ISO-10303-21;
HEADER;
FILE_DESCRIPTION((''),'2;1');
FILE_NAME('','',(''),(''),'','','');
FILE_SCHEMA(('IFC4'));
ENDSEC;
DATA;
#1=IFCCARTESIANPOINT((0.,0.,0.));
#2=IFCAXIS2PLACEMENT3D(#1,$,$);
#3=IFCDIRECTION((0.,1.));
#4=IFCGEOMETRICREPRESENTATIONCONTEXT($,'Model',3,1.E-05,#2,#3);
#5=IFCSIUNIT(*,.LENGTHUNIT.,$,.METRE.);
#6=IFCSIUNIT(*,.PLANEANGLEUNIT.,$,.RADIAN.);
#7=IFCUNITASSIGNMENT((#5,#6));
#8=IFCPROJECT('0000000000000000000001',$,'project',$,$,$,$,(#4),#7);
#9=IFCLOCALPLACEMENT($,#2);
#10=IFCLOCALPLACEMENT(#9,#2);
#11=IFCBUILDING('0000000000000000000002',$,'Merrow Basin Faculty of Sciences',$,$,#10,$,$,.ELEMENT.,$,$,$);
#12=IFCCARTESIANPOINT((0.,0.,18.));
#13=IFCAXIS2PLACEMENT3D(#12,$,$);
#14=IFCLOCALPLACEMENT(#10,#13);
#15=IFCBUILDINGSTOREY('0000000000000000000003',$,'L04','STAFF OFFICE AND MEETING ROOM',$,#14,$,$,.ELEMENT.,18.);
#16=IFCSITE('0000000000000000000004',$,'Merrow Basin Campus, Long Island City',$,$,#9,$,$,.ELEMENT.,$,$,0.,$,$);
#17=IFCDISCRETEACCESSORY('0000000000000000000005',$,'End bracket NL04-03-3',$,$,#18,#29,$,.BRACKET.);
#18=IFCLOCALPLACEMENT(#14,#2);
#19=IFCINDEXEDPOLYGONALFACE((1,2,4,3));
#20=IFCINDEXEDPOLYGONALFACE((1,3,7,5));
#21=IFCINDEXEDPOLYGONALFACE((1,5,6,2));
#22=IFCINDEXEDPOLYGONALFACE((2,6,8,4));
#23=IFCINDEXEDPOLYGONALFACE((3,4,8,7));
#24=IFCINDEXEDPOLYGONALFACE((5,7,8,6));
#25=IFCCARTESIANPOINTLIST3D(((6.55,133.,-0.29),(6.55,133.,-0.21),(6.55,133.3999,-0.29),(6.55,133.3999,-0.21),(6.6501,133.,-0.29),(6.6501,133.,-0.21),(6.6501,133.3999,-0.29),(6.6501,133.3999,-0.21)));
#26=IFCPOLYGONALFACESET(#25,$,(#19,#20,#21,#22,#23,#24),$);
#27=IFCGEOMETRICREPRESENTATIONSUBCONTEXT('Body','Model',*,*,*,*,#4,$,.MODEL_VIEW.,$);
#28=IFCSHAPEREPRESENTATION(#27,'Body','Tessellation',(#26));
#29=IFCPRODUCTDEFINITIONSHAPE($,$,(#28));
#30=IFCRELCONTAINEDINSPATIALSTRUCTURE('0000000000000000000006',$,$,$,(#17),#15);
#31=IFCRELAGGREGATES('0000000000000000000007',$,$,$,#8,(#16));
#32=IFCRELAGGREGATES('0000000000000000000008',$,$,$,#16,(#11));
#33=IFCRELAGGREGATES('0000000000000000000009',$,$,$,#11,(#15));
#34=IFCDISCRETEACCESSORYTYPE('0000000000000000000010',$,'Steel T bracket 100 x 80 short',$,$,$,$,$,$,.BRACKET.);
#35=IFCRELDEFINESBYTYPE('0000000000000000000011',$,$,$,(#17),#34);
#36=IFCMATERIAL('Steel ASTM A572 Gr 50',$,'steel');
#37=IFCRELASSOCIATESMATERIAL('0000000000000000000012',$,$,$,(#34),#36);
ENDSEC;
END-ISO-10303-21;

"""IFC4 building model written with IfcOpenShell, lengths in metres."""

from ifc_helpers import new_model, si_unit, direction, frame, origin, place, context, subcontext, project, spatial, polyline, outline, extrude, source, transform, mapped, material, type_object, element, save


model = new_model("IFC4")

# Units and contexts
model_context = context("Model", 3, precision=1e-05, world=origin(), true_north=direction((0.0, 1.0)))
body_context = subcontext(model_context, "Body", "Model", "MODEL_VIEW")
ifc_project = project(units=[si_unit("LENGTHUNIT", "METRE"), si_unit("PLANEANGLEUNIT", "RADIAN")], contexts=[model_context])

# Site, building, storey
site_placement = place(None, origin())
site = spatial("IfcSite", under=ifc_project, at=site_placement, Name="Merrow Basin Campus, Long Island City", CompositionType="ELEMENT", RefElevation=0.0)
building_placement = place(site_placement, origin())
building = spatial("IfcBuilding", under=site, at=building_placement, Name="Merrow Basin Faculty of Sciences", CompositionType="ELEMENT")
storey_placement = place(building_placement, frame((0.0, 0.0, 18.0)))
storey = spatial("IfcBuildingStorey", under=building, at=storey_placement, Name="L04", Description="STAFF OFFICE AND MEETING ROOM", CompositionType="ELEMENT", Elevation=18.0)

# Discrete accessory
ifc_material_1 = material(Name="Steel ASTM A572 Gr 50", Category="steel")
discrete_accessory_type = type_object("IfcDiscreteAccessoryType", Name="Steel T bracket 100 x 80 short", PredefinedType="BRACKET", material=ifc_material_1)
shared_shape_1 = source(origin(), body_context, "Body", "SweptSolid", [
    extrude(outline(polyline([(0.0, 0.0), (0.1001, 0.0), (0.1001, 0.0801), (0.0, 0.0801), (0.0, 0.0)])), origin(), (0.0, 0.0, 1.0), 0.3999),
])
for number, where, z_axis, x_axis, name in (
    (1, (6.55, 133.3999, -0.29), (0.0, -1.0, 0.0), (1.0, 0.0, 0.0), "End bracket NL04-03-3"),
):
    element("IfcDiscreteAccessory", number, at=place(storey_placement, frame(where, z_axis=z_axis, x_axis=x_axis)), inside=storey, type_object=discrete_accessory_type, Name=name, PredefinedType="BRACKET", context=body_context, shape_type="MappedRepresentation", body=[
        mapped(shared_shape_1, transform((0.0, 0.0, 0.0), scale=1.0)),
    ])

save(model, "model.ifc")
